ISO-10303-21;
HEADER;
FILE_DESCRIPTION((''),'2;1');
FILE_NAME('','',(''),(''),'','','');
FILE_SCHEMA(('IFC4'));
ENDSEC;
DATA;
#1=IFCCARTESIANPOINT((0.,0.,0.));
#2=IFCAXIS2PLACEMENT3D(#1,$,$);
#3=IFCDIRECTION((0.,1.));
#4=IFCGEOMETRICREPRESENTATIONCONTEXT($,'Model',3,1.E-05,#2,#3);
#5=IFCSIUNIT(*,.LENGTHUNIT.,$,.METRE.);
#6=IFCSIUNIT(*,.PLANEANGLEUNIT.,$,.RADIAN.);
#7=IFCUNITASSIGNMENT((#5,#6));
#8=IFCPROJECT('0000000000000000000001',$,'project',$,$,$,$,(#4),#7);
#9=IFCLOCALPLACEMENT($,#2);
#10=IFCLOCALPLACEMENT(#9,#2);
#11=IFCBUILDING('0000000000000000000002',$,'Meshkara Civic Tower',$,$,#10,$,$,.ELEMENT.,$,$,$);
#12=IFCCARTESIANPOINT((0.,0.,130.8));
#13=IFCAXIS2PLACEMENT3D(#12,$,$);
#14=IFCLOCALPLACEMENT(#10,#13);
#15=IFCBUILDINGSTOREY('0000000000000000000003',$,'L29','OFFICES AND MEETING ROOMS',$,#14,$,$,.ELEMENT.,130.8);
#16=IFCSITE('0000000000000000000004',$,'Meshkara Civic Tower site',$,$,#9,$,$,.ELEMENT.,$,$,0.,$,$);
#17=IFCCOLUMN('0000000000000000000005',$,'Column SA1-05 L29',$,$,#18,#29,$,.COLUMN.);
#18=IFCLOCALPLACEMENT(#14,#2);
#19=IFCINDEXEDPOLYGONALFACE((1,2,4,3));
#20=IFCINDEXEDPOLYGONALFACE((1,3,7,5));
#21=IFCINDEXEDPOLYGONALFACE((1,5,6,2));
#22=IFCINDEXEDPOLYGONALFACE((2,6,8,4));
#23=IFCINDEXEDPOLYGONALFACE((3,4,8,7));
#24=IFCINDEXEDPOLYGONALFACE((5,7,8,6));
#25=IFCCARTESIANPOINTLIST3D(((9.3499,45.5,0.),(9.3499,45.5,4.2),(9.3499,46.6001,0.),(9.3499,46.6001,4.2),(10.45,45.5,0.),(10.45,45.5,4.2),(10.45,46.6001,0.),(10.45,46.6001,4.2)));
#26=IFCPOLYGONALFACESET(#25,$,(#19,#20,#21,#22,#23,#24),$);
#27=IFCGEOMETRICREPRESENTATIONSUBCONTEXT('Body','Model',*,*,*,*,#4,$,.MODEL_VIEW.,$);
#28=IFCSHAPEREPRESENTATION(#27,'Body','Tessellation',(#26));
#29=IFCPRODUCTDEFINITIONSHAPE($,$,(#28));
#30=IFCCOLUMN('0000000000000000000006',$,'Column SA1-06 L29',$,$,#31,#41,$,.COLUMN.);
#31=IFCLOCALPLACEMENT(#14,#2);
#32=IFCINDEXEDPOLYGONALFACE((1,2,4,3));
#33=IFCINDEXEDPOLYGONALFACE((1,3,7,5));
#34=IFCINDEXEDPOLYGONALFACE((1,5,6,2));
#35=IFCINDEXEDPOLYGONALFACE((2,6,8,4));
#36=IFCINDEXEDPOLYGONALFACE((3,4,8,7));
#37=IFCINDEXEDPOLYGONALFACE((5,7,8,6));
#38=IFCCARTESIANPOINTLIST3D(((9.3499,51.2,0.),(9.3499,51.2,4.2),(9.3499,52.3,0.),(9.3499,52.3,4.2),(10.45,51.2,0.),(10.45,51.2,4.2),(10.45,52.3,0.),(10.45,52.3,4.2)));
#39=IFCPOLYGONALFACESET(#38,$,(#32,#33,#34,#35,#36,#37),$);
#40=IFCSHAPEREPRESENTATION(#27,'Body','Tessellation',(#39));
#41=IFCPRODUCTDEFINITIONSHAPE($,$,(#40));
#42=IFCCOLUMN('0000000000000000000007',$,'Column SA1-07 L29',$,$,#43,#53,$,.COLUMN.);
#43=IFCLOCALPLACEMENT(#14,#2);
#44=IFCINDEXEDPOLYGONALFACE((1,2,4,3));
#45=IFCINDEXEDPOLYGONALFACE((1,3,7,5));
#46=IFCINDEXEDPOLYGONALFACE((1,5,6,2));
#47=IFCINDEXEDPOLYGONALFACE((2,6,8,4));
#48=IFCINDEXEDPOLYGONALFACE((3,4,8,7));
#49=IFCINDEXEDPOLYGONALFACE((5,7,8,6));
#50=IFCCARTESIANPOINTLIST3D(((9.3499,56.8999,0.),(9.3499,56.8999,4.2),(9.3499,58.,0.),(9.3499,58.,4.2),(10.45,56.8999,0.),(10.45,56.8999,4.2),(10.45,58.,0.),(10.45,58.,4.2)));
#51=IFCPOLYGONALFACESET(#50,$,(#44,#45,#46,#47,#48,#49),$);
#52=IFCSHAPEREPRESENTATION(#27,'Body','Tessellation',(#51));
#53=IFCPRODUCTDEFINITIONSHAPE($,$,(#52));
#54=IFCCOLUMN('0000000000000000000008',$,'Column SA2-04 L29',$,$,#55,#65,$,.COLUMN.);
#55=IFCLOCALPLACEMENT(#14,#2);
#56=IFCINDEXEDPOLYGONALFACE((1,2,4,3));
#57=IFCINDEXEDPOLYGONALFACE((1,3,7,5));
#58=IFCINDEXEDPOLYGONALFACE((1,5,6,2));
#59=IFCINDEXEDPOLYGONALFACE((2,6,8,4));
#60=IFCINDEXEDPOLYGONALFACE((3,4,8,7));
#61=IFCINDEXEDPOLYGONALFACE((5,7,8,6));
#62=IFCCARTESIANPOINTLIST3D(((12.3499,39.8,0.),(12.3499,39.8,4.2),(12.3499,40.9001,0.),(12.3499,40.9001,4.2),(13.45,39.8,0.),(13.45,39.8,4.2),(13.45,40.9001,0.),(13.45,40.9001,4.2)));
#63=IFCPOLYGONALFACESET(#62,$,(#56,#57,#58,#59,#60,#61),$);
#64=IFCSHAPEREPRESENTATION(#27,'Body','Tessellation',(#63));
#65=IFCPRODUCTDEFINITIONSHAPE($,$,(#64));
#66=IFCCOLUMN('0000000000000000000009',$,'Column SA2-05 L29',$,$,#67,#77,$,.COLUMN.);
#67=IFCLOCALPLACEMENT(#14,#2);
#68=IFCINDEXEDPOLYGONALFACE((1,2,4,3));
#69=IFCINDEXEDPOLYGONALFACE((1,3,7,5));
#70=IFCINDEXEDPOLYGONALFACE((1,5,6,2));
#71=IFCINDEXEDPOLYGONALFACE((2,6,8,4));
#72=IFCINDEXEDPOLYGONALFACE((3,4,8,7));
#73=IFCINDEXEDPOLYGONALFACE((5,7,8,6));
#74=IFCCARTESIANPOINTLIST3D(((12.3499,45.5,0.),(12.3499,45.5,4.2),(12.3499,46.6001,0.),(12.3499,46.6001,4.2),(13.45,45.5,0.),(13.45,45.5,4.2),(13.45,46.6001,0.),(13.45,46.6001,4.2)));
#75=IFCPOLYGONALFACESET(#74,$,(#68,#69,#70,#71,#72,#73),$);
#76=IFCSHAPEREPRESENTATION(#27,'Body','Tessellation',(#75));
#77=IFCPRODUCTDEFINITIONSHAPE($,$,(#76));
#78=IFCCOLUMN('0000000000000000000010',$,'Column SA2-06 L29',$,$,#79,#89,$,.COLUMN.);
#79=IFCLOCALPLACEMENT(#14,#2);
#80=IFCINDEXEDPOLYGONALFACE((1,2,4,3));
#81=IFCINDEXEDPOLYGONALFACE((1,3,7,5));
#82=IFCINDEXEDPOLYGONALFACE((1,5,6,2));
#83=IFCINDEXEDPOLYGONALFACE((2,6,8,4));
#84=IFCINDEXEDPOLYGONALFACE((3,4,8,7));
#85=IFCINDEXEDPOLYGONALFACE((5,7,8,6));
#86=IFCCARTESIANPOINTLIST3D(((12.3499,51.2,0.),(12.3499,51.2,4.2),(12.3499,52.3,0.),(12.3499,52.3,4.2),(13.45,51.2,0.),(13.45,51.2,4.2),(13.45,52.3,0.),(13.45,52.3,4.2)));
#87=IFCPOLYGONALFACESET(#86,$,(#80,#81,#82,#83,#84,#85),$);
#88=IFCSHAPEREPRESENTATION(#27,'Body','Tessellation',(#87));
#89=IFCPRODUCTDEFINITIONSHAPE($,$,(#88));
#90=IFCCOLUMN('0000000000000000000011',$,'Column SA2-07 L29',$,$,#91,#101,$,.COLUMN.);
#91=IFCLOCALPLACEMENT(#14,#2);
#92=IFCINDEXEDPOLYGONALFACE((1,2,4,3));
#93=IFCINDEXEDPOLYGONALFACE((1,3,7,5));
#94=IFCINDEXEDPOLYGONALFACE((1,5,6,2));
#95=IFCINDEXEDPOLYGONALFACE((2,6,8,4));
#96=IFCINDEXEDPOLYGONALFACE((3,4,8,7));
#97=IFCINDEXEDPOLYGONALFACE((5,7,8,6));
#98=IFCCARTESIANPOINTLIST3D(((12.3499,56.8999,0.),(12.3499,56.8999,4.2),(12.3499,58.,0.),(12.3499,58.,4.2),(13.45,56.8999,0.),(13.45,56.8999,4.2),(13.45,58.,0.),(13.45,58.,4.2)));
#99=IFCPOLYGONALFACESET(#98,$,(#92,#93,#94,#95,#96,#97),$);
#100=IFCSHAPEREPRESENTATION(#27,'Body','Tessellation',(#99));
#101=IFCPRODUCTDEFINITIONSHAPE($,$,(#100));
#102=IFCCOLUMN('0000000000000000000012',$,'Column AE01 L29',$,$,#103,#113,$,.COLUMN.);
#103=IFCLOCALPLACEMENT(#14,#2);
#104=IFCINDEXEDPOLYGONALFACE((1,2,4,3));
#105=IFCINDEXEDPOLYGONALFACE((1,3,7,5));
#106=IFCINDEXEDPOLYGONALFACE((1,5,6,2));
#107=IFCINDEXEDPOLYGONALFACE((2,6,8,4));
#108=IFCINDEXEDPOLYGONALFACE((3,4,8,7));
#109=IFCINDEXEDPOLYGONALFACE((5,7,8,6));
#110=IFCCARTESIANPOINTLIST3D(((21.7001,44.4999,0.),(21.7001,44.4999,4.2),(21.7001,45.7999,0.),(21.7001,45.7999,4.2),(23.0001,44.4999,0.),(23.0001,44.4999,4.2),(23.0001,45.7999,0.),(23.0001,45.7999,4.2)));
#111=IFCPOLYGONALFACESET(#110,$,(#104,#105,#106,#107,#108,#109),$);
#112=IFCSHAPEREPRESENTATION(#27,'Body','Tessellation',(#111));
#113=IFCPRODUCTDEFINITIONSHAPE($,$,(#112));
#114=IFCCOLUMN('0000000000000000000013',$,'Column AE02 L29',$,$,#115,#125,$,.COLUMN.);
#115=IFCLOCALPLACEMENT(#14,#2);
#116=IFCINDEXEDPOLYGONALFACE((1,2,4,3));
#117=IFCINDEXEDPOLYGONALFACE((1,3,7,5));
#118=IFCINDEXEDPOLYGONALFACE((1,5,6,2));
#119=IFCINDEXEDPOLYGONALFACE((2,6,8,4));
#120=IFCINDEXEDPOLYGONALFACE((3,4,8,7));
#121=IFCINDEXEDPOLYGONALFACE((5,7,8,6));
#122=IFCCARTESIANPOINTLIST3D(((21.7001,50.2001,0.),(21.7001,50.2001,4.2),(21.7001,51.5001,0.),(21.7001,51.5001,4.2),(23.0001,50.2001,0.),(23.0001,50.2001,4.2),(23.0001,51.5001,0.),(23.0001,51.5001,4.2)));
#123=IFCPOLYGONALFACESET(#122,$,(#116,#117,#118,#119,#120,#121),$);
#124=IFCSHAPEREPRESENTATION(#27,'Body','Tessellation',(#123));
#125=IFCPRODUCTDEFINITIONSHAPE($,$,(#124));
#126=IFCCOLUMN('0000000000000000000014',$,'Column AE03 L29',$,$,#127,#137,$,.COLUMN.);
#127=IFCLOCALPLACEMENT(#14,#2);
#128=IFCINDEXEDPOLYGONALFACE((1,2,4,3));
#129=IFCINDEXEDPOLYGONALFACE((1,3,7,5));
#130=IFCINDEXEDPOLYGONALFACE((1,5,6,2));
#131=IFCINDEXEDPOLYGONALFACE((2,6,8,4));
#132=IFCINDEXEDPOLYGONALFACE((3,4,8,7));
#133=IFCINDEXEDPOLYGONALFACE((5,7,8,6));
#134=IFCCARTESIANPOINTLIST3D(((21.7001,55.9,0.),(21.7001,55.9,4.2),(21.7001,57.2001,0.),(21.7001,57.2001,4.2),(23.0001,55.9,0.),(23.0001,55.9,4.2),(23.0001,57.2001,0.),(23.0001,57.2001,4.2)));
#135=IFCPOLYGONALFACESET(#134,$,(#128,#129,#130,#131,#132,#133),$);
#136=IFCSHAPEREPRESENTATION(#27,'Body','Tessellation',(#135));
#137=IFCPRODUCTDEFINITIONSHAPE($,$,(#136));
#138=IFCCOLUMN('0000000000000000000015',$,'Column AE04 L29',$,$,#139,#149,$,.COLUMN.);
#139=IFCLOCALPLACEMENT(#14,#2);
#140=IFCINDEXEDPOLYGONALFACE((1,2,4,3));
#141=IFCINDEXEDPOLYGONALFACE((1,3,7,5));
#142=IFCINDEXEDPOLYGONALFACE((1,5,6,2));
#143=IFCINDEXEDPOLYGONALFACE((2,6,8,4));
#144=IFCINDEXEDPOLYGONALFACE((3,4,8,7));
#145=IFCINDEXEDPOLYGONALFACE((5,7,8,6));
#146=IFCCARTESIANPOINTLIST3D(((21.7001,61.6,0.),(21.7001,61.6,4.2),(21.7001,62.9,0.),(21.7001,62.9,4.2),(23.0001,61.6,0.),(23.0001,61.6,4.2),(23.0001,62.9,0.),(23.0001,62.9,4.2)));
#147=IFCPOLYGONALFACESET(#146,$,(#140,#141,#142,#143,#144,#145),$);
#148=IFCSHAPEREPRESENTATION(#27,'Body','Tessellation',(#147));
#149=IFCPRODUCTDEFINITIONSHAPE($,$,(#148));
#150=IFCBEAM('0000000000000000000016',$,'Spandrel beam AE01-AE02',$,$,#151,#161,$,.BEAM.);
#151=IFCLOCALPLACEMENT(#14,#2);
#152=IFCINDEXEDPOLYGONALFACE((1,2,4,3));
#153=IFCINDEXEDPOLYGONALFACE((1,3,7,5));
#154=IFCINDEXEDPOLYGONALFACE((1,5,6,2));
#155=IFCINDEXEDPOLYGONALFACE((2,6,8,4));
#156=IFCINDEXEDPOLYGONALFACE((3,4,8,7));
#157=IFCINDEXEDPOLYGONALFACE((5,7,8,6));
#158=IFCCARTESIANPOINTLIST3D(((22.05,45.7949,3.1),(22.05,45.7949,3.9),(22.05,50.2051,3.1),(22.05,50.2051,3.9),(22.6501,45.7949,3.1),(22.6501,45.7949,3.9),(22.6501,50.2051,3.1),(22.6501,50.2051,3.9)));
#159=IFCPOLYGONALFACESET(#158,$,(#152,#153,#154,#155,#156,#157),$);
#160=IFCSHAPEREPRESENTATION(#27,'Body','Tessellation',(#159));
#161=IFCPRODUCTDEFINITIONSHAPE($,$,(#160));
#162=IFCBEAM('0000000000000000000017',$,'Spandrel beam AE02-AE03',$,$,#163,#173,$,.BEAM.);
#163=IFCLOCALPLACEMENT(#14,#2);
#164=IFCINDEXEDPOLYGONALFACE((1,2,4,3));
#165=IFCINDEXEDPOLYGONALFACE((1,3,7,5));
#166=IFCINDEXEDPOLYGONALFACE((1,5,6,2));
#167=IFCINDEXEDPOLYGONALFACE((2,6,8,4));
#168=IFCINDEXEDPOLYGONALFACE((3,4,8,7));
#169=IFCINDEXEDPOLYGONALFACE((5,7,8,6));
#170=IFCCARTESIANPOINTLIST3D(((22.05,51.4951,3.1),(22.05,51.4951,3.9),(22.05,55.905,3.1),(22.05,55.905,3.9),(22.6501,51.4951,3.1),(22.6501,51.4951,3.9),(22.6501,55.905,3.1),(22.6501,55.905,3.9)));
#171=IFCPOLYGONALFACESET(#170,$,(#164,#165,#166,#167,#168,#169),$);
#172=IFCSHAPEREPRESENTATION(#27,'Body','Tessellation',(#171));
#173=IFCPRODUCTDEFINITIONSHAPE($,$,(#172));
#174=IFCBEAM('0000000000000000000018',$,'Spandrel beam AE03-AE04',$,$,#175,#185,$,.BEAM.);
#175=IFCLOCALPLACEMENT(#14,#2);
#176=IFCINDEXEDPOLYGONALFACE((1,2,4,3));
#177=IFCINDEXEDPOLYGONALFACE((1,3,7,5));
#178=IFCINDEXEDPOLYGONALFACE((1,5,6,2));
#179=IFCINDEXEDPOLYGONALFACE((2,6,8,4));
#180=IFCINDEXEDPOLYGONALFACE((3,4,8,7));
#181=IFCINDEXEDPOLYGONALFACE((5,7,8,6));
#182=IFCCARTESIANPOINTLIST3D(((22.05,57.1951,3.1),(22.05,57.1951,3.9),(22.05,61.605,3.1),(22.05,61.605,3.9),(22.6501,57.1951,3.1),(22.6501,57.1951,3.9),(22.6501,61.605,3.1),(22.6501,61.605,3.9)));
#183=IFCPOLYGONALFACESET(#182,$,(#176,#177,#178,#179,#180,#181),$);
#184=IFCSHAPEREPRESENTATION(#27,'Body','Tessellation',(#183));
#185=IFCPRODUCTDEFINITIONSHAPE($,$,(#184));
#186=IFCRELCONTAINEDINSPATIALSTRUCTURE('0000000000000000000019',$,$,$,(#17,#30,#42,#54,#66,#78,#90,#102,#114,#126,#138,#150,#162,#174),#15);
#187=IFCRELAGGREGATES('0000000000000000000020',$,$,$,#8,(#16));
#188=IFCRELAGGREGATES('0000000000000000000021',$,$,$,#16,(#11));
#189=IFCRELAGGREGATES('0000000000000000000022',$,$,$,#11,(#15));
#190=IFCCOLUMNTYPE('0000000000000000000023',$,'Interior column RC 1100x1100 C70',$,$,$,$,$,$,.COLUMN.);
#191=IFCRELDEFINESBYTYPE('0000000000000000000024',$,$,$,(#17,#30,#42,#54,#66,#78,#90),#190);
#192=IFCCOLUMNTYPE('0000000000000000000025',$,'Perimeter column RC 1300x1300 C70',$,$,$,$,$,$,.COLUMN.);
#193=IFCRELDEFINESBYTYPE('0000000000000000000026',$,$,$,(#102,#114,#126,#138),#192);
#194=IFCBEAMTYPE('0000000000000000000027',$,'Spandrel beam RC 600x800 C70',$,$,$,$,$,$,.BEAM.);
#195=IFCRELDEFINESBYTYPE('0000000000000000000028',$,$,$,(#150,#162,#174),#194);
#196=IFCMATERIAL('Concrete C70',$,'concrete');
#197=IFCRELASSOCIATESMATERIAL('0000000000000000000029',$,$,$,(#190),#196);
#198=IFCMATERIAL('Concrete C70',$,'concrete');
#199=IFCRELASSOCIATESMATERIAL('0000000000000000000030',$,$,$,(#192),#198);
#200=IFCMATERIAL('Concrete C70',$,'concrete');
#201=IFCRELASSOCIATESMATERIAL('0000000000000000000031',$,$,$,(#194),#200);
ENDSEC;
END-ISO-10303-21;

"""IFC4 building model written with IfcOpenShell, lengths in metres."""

from ifc_helpers import new_model, si_unit, direction, frame, origin, origin_2d, place, context, subcontext, project, spatial, rectangle, extrude, material, material_profile, profile_set, type_object, element, save


model = new_model("IFC4")

# Units and contexts
model_context = context("Model", 3, precision=1e-05, world=origin(), true_north=direction((0.0, 1.0)))
body_context = subcontext(model_context, "Body", "Model", "MODEL_VIEW")
ifc_project = project(units=[si_unit("LENGTHUNIT", "METRE"), si_unit("PLANEANGLEUNIT", "RADIAN")], contexts=[model_context])

# Site, building, storey
site_placement = place(None, origin())
site = spatial("IfcSite", under=ifc_project, at=site_placement, Name="Meshkara Civic Tower site", CompositionType="ELEMENT", RefElevation=0.0)
building_placement = place(site_placement, origin())
building = spatial("IfcBuilding", under=site, at=building_placement, Name="Meshkara Civic Tower", CompositionType="ELEMENT")
storey_placement = place(building_placement, frame((0.0, 0.0, 130.8)))
storey = spatial("IfcBuildingStorey", under=building, at=storey_placement, Name="L29", Description="OFFICES AND MEETING ROOMS", CompositionType="ELEMENT", Elevation=130.8)

# Columns
ifc_material_1 = material(Name="Concrete C70", Category="concrete")
ifc_material_profile_1 = material_profile(ifc_material_1, rectangle(XDim=1.1001, YDim=1.1001, at=origin_2d()))
ifc_profile_set_1 = profile_set([ifc_material_profile_1], Name="Concrete C70")
column_type_1 = type_object("IfcColumnType", Name="Interior column RC 1100x1100 C70", PredefinedType="COLUMN", material=ifc_profile_set_1)
for number, where, z_axis, x_axis, name in (
    (1, (9.8999, 46.05, 0.0), (0.0, 0.0, 1.0), (1.0, 0.0, 0.0), "Column SA1-05 L29"),
    (2, (9.8999, 51.75, 0.0), (0.0, 0.0, 1.0), (1.0, 0.0, 0.0), "Column SA1-06 L29"),
    (3, (9.8999, 57.45, 0.0), (0.0, 0.0, 1.0), (1.0, 0.0, 0.0), "Column SA1-07 L29"),
    (4, (12.8999, 40.3501, 0.0), (0.0, 0.0, 1.0), (1.0, 0.0, 0.0), "Column SA2-04 L29"),
    (5, (12.8999, 46.05, 0.0), (0.0, 0.0, 1.0), (1.0, 0.0, 0.0), "Column SA2-05 L29"),
    (6, (12.8999, 51.75, 0.0), (0.0, 0.0, 1.0), (1.0, 0.0, 0.0), "Column SA2-06 L29"),
    (7, (12.8999, 57.45, 0.0), (0.0, 0.0, 1.0), (1.0, 0.0, 0.0), "Column SA2-07 L29"),
):
    element("IfcColumn", number, at=place(storey_placement, frame(where, z_axis=z_axis, x_axis=x_axis)), inside=storey, type_object=column_type_1, Name=name, PredefinedType="COLUMN", context=body_context, shape_type="SweptSolid", body=[
        extrude(rectangle(XDim=1.1001, YDim=1.1001, at=origin_2d()), origin(), (0.0, 0.0, 1.0), 4.2),
    ])
ifc_material_2 = material(Name="Concrete C70", Category="concrete")
ifc_material_profile_2 = material_profile(ifc_material_2, rectangle(XDim=1.3, YDim=1.3, at=origin_2d()))
ifc_profile_set_2 = profile_set([ifc_material_profile_2], Name="Concrete C70")
column_type_2 = type_object("IfcColumnType", Name="Perimeter column RC 1300x1300 C70", PredefinedType="COLUMN", material=ifc_profile_set_2)
for number, where, z_axis, x_axis, name in (
    (8, (22.3501, 45.1499, 0.0), (0.0, 0.0, 1.0), (1.0, 0.0, 0.0), "Column AE01 L29"),
    (9, (22.3501, 50.8501, 0.0), (0.0, 0.0, 1.0), (1.0, 0.0, 0.0), "Column AE02 L29"),
    (10, (22.3501, 56.55, 0.0), (0.0, 0.0, 1.0), (1.0, 0.0, 0.0), "Column AE03 L29"),
    (11, (22.3501, 62.25, 0.0), (0.0, 0.0, 1.0), (1.0, 0.0, 0.0), "Column AE04 L29"),
):
    element("IfcColumn", number, at=place(storey_placement, frame(where, z_axis=z_axis, x_axis=x_axis)), inside=storey, type_object=column_type_2, Name=name, PredefinedType="COLUMN", context=body_context, shape_type="SweptSolid", body=[
        extrude(rectangle(XDim=1.3, YDim=1.3, at=origin_2d()), origin(), (0.0, 0.0, 1.0), 4.2),
    ])

# Beams
ifc_material_3 = material(Name="Concrete C70", Category="concrete")
ifc_material_profile_3 = material_profile(ifc_material_3, rectangle(XDim=0.6001, YDim=0.8, at=origin_2d()))
ifc_profile_set_3 = profile_set([ifc_material_profile_3], Name="Concrete C70")
beam_type = type_object("IfcBeamType", Name="Spandrel beam RC 600x800 C70", PredefinedType="BEAM", material=ifc_profile_set_3)
beam_placement = place(storey_placement, frame((22.3501, 45.7949, 3.5), z_axis=(0.0, 1.0, 0.0), x_axis=(-1.0, 0.0, 0.0)))
element("IfcBeam", 12, at=beam_placement, inside=storey, type_object=beam_type, Name="Spandrel beam AE01-AE02", PredefinedType="BEAM", context=body_context, shape_type="SweptSolid", body=[
    extrude(rectangle(XDim=0.6001, YDim=0.8, at=origin_2d()), origin(), (0.0, 0.0, 1.0), 4.4102),
])
for number, where, z_axis, x_axis, name in (
    (13, (22.3501, 51.4951, 3.5), (0.0, 1.0, 0.0), (-1.0, 0.0, 0.0), "Spandrel beam AE02-AE03"),
    (14, (22.3501, 57.1951, 3.5), (0.0, 1.0, 0.0), (-1.0, 0.0, 0.0), "Spandrel beam AE03-AE04"),
):
    element("IfcBeam", number, at=place(storey_placement, frame(where, z_axis=z_axis, x_axis=x_axis)), inside=storey, type_object=beam_type, Name=name, PredefinedType="BEAM", context=body_context, shape_type="SweptSolid", body=[
        extrude(rectangle(XDim=0.6001, YDim=0.8, at=origin_2d()), origin(), (0.0, 0.0, 1.0), 4.4099),
    ])

save(model, "model.ifc")
